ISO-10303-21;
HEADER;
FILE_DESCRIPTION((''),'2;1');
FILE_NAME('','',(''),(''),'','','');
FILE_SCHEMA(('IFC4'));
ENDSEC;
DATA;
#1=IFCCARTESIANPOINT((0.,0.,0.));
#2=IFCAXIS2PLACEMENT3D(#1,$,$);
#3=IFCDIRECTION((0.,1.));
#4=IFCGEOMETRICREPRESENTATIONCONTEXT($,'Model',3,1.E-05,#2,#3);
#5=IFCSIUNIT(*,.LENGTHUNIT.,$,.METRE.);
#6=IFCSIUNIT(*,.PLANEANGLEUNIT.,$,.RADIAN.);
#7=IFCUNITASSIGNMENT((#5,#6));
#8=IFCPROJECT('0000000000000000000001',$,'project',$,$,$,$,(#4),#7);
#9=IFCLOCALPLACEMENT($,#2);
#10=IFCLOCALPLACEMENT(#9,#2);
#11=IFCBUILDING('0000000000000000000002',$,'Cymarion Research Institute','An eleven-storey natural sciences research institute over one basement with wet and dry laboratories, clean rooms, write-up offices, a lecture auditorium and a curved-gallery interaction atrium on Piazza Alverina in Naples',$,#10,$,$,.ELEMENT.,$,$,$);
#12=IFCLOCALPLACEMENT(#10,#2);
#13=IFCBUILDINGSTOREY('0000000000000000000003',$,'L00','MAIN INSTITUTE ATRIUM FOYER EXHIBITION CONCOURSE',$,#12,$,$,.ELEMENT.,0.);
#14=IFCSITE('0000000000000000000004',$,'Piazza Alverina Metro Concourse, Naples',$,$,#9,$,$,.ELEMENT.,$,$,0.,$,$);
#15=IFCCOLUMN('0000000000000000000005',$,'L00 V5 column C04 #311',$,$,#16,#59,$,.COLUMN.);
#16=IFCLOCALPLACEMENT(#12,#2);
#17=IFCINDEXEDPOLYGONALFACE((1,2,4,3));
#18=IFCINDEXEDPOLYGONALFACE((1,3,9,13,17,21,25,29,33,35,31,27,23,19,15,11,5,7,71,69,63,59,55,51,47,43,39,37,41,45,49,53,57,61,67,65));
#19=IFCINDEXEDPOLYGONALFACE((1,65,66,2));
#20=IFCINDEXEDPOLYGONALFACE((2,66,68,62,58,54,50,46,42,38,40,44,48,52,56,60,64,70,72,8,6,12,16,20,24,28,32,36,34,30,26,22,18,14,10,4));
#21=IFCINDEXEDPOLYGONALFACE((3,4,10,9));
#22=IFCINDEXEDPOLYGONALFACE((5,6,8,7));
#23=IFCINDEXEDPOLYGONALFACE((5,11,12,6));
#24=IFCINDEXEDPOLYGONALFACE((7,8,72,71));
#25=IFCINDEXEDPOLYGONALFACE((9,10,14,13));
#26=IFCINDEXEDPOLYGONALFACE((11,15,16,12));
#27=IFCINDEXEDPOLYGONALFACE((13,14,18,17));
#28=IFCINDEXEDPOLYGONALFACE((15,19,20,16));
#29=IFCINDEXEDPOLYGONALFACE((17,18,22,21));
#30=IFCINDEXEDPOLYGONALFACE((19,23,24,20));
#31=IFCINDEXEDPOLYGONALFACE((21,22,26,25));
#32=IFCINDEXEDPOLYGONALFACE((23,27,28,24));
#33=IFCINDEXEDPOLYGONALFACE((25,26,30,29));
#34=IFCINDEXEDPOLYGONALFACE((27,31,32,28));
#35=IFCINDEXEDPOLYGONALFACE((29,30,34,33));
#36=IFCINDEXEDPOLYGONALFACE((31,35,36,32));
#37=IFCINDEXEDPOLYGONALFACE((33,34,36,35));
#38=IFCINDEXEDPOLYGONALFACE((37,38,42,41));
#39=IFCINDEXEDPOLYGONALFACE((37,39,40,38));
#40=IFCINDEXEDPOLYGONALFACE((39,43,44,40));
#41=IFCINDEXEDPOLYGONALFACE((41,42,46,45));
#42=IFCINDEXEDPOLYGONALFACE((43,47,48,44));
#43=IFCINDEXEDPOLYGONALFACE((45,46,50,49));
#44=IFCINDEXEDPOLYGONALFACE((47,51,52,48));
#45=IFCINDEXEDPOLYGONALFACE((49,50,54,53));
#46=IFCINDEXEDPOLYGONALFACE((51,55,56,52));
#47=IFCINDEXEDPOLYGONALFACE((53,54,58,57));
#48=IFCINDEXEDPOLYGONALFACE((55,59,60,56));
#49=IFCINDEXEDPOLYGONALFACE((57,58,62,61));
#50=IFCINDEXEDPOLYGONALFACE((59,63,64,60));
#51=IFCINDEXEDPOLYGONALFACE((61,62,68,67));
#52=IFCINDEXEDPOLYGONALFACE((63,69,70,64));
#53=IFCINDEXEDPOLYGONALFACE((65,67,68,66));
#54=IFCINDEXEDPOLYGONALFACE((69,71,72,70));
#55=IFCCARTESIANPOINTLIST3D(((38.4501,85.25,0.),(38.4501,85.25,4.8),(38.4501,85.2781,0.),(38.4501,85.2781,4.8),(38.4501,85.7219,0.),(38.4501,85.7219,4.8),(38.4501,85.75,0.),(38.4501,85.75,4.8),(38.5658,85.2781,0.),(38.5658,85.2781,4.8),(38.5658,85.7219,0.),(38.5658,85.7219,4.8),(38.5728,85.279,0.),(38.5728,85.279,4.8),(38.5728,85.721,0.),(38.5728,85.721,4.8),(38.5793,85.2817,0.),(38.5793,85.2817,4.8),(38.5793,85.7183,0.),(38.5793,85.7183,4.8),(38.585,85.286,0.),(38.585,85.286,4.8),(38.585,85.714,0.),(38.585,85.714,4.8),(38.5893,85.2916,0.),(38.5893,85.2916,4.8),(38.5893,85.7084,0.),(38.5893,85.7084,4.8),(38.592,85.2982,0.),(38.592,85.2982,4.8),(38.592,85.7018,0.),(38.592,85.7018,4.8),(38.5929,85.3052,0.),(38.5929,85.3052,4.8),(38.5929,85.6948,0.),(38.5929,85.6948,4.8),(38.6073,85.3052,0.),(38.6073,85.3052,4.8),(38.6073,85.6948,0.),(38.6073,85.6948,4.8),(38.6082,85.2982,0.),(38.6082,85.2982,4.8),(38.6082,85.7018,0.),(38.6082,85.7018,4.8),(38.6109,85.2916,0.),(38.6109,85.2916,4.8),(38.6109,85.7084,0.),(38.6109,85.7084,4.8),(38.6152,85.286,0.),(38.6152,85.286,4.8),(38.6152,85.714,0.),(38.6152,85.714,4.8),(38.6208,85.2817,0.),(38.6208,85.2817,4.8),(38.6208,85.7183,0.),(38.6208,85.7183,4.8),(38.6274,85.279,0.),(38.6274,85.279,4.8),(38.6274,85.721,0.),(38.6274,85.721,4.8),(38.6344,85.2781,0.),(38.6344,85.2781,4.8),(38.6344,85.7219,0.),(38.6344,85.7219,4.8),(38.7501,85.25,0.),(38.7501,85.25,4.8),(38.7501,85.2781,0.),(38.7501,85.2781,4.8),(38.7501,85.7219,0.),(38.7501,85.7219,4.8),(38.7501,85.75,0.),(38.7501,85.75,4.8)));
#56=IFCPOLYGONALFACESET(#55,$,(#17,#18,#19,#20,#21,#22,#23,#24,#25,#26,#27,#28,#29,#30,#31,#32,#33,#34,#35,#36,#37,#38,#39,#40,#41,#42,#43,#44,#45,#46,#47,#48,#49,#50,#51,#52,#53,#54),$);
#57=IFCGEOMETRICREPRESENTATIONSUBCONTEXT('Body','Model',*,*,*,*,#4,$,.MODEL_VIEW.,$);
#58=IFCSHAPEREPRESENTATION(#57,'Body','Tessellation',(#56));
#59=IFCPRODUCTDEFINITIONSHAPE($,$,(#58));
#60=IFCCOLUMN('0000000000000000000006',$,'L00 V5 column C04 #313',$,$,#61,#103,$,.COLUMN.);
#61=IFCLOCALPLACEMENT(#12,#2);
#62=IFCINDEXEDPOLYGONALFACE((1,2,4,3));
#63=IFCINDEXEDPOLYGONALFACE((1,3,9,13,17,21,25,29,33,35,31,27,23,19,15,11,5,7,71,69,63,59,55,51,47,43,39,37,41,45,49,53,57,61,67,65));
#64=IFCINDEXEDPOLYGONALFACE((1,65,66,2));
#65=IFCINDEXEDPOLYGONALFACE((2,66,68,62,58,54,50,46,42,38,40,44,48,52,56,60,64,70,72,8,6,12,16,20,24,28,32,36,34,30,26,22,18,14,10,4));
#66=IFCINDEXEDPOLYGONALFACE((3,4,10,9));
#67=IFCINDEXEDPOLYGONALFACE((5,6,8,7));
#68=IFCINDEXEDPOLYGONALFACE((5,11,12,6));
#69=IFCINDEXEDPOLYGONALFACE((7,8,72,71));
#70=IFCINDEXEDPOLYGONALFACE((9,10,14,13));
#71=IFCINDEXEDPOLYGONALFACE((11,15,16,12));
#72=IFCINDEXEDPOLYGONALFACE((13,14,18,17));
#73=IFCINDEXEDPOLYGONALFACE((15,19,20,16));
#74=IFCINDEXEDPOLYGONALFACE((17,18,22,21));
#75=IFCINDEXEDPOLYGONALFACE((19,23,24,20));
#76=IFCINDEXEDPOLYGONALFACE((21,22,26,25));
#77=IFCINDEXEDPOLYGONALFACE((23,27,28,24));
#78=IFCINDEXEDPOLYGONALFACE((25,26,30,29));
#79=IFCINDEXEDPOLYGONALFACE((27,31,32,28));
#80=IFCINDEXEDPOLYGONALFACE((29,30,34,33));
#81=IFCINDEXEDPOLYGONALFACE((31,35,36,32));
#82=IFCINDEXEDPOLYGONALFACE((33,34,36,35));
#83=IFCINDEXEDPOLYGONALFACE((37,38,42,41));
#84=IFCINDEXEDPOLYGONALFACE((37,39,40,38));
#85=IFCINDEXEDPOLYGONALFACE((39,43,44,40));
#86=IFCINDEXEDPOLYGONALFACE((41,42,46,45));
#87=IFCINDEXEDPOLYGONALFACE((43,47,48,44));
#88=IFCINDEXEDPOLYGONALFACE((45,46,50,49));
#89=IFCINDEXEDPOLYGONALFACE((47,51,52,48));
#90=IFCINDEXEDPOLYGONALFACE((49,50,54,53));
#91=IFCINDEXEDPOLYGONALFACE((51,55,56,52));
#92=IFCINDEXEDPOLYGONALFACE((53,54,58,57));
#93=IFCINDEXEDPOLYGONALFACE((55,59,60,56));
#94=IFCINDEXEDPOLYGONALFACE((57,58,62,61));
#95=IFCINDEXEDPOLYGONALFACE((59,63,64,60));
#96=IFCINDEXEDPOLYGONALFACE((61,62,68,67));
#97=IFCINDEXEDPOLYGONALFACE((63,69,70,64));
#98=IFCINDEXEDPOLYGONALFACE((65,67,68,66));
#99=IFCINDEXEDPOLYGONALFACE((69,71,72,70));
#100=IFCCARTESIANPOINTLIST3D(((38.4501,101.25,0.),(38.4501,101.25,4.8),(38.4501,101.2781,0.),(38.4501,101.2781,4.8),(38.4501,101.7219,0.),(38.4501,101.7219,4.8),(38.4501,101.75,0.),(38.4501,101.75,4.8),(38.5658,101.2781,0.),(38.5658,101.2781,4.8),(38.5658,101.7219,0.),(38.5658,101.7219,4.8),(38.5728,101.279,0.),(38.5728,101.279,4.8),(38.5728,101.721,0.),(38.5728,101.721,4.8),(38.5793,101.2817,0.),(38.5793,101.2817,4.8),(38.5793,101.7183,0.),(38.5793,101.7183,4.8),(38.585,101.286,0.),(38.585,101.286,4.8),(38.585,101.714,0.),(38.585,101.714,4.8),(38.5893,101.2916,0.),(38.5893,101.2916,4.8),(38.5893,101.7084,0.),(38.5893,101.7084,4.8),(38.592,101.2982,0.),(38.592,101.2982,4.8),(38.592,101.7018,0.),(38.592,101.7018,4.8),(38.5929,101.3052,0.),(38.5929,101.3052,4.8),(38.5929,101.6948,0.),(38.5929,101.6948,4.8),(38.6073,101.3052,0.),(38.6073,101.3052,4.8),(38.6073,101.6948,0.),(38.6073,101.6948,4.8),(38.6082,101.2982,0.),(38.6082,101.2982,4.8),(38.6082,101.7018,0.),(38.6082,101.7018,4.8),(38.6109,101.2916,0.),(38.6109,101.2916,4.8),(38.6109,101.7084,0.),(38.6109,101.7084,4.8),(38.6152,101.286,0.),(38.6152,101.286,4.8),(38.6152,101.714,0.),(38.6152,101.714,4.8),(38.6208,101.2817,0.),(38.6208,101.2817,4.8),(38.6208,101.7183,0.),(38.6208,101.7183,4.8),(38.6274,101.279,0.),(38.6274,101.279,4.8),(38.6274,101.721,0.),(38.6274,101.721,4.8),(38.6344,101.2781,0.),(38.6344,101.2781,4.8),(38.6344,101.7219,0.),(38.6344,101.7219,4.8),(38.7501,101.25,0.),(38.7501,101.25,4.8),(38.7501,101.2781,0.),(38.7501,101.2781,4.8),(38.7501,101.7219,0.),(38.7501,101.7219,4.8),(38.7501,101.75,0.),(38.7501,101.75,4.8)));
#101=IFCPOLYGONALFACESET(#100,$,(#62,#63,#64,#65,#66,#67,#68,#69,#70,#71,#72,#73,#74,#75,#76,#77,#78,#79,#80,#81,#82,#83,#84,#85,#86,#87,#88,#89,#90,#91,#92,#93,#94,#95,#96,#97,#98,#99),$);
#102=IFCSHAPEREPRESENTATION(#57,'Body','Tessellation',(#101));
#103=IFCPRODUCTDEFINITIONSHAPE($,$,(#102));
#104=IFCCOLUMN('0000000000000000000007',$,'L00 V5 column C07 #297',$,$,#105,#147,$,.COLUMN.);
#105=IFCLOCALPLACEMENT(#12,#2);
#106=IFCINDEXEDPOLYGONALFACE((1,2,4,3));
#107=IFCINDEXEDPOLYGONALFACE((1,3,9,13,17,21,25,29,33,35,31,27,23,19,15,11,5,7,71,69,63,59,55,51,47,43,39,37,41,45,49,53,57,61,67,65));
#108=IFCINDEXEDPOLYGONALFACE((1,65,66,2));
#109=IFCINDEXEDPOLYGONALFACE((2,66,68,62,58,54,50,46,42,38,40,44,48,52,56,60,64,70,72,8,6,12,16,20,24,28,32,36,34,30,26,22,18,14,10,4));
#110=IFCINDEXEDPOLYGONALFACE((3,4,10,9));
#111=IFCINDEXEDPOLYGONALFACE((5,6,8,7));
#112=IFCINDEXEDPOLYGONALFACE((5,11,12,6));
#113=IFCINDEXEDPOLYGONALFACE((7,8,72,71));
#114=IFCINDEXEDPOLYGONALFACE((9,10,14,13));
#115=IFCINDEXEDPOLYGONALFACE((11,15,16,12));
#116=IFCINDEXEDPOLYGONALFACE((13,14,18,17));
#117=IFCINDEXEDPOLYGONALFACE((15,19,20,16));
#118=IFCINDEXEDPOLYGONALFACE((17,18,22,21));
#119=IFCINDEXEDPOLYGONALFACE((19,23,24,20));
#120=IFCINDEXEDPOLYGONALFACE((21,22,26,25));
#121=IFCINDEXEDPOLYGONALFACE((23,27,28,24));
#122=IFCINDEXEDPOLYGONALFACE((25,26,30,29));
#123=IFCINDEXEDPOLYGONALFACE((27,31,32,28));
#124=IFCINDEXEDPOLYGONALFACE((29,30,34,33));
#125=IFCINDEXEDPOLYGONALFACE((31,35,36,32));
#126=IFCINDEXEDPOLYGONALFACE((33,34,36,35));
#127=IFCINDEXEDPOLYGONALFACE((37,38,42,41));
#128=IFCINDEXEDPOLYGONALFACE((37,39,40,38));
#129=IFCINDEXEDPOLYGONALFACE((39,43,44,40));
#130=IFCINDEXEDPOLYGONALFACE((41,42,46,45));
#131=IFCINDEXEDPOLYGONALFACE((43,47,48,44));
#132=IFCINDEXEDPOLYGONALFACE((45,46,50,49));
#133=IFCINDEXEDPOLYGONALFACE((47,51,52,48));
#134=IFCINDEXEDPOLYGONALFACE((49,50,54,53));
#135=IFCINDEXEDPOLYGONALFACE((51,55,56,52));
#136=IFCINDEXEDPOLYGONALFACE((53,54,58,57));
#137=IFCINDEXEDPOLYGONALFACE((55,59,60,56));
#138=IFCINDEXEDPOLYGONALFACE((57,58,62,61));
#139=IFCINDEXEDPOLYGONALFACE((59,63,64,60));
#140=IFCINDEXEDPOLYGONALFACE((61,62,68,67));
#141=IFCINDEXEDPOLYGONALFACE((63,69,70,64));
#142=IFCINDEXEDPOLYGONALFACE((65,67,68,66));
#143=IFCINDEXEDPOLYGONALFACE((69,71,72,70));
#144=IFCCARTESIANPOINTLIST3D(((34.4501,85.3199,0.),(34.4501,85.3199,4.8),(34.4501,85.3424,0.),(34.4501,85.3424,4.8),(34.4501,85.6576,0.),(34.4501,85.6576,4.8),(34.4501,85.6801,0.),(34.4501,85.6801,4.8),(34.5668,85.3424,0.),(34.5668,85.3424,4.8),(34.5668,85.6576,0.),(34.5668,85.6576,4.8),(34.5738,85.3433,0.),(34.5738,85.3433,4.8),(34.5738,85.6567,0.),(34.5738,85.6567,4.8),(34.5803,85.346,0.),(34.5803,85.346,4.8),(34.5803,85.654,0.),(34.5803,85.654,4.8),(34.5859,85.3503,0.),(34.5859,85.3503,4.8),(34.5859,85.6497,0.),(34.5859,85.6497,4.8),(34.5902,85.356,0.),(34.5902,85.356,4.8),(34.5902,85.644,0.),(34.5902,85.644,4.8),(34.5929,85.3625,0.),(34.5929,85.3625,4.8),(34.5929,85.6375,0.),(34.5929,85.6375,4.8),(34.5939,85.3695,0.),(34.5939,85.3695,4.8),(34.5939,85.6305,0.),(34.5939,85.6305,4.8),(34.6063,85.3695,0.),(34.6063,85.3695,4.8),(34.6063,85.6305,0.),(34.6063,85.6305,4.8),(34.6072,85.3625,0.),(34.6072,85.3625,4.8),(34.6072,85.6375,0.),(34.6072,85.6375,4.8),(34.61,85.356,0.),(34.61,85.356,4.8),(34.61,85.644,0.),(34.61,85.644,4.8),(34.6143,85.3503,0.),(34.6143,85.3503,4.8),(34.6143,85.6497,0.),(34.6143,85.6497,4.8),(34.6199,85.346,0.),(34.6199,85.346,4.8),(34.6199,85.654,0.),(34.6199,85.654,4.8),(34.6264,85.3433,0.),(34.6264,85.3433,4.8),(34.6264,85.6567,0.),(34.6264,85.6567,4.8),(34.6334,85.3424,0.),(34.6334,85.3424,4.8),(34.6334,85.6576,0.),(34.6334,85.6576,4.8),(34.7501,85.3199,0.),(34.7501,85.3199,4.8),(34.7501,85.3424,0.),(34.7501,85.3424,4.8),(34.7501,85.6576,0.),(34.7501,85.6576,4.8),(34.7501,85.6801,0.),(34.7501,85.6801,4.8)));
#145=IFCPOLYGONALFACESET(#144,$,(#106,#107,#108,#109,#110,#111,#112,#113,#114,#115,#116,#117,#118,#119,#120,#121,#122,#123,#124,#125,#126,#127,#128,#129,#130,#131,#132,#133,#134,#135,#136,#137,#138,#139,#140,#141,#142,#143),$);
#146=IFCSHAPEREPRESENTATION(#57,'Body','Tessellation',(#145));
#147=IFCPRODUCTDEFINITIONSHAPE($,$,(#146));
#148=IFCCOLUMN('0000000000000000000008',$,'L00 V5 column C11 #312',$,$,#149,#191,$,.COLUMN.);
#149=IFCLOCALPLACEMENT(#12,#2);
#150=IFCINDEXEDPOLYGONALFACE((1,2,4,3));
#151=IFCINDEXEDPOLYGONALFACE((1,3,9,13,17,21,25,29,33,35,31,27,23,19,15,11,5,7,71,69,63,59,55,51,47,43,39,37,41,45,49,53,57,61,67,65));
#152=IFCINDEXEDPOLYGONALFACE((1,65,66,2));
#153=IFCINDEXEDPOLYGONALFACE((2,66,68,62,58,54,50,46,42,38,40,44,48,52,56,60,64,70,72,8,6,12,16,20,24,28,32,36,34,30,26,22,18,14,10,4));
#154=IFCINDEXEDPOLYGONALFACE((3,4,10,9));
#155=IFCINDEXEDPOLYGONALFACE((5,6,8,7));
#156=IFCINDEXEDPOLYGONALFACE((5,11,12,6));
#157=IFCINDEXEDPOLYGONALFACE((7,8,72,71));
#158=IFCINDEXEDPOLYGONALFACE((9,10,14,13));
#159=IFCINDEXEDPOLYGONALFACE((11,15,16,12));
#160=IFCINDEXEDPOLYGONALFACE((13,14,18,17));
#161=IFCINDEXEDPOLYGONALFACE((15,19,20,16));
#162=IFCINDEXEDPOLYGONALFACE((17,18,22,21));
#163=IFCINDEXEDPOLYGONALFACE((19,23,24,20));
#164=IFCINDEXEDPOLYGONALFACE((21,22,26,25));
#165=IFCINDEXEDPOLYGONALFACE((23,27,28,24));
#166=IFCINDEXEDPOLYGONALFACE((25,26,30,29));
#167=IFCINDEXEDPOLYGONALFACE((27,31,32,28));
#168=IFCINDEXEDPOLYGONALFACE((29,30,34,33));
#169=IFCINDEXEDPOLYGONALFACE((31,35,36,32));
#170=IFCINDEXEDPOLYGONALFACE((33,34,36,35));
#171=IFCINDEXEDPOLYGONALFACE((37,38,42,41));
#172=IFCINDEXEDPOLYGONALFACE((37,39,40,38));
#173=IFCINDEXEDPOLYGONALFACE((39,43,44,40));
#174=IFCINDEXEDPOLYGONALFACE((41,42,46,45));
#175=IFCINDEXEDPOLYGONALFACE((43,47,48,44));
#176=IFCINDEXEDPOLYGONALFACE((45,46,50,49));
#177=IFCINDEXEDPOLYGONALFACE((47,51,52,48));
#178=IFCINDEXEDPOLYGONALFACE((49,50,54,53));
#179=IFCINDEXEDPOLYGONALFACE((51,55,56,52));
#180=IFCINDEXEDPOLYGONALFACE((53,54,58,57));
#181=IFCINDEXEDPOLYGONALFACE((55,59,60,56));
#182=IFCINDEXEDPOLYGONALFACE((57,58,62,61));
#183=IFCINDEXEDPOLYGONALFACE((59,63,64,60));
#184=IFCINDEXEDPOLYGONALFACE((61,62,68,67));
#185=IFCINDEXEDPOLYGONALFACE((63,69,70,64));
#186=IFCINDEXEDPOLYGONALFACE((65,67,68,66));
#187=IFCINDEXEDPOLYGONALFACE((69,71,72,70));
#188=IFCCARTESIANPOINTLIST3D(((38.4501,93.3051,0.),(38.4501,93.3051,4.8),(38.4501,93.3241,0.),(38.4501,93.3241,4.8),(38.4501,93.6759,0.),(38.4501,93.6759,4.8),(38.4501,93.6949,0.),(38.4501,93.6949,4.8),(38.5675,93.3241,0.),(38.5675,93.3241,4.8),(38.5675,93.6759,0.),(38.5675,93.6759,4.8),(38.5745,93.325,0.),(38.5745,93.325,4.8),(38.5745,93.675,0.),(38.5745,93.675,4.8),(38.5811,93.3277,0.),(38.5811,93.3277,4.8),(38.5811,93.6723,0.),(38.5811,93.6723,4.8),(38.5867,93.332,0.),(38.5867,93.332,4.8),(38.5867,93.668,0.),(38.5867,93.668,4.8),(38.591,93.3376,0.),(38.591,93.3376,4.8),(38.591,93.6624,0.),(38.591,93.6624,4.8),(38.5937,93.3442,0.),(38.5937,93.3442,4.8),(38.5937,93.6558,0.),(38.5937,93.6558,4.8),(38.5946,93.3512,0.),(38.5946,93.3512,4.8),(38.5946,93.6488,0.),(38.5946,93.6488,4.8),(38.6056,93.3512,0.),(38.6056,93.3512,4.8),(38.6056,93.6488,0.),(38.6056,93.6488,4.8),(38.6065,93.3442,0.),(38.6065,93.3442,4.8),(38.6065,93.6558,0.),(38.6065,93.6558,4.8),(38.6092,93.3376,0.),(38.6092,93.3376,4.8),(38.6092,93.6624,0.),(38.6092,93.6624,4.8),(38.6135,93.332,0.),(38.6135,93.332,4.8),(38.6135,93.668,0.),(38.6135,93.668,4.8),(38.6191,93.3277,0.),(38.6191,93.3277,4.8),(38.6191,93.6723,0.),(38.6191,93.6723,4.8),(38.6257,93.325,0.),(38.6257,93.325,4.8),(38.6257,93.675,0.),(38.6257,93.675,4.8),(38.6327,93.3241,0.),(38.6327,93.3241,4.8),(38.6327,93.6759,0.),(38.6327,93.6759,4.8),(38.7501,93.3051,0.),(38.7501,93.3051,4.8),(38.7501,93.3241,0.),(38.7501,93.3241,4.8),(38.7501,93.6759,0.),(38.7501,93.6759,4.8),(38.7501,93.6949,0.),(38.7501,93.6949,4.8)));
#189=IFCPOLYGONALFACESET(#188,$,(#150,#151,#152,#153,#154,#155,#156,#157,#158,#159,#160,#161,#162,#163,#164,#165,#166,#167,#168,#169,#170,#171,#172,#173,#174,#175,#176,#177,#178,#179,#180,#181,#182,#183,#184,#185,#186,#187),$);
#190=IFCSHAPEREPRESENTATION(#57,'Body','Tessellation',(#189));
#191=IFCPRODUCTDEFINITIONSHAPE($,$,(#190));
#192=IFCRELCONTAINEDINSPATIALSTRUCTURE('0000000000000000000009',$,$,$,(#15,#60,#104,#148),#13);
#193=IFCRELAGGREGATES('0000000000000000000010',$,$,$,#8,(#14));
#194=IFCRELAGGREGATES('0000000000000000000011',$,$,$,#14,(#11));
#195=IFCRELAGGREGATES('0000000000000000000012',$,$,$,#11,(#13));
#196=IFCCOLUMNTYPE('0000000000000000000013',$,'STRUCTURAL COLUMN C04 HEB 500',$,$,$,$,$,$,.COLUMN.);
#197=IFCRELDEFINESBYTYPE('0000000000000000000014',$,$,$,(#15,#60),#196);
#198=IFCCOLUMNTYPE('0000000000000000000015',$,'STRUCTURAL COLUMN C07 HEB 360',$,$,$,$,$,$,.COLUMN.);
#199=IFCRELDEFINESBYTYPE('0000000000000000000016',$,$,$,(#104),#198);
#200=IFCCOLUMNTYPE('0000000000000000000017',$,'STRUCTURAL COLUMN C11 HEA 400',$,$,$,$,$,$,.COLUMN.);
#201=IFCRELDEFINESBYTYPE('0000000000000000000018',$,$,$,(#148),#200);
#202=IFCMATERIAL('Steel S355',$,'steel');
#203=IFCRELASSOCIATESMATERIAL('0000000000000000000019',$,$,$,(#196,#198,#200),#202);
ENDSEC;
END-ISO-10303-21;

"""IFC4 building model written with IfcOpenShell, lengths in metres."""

from ifc_helpers import new_model, si_unit, direction, frame, origin, origin_2d, place, context, subcontext, project, spatial, i_section, extrude, material, material_profile, profile_set, type_object, element, save


model = new_model("IFC4")

# Units and contexts
model_context = context("Model", 3, precision=1e-05, world=origin(), true_north=direction((0.0, 1.0)))
body_context = subcontext(model_context, "Body", "Model", "MODEL_VIEW")
ifc_project = project(units=[si_unit("LENGTHUNIT", "METRE"), si_unit("PLANEANGLEUNIT", "RADIAN")], contexts=[model_context])

# Site, building, storey
site_placement = place(None, origin())
site = spatial("IfcSite", under=ifc_project, at=site_placement, Name="Piazza Alverina Metro Concourse, Naples", CompositionType="ELEMENT", RefElevation=0.0)
building_placement = place(site_placement, origin())
building = spatial("IfcBuilding", under=site, at=building_placement, Name="Cymarion Research Institute", Description="An eleven-storey natural sciences research institute over one basement with wet and dry laboratories, clean rooms, write-up offices, a lecture auditorium and a curved-gallery interaction atrium on Piazza Alverina in Naples", CompositionType="ELEMENT")
storey_placement = place(building_placement, origin())
storey = spatial("IfcBuildingStorey", under=building, at=storey_placement, Name="L00", Description="MAIN INSTITUTE ATRIUM FOYER EXHIBITION CONCOURSE", CompositionType="ELEMENT", Elevation=0.0)

# Columns
ifc_material_1 = material(Name="Steel S355", Category="steel")
ifc_material_profile_1 = material_profile(ifc_material_1, i_section(OverallWidth=0.3, OverallDepth=0.5, WebThickness=0.0144, FlangeThickness=0.0281, FilletRadius=0.0271, at=origin_2d()), Name="HEB 500")
ifc_profile_set_1 = profile_set([ifc_material_profile_1], Name="Steel S355")
column_type_1 = type_object("IfcColumnType", Name="STRUCTURAL COLUMN C04 HEB 500", PredefinedType="COLUMN", material=ifc_profile_set_1)
for number, where, z_axis, x_axis, name in (
    (1, (38.6001, 85.5, 0.0), (0.0, 0.0, 1.0), (1.0, 0.0, 0.0), "L00 V5 column C04 #311"),
    (2, (38.6001, 101.5, 0.0), (0.0, 0.0, 1.0), (1.0, 0.0, 0.0), "L00 V5 column C04 #313"),
):
    element("IfcColumn", number, at=place(storey_placement, frame(where, z_axis=z_axis, x_axis=x_axis)), inside=storey, type_object=column_type_1, Name=name, PredefinedType="COLUMN", context=body_context, shape_type="SweptSolid", body=[
        extrude(i_section(OverallWidth=0.3, OverallDepth=0.5, WebThickness=0.0144, FlangeThickness=0.0281, FilletRadius=0.0271, at=origin_2d()), origin(), (0.0, 0.0, 1.0), 4.8),
    ])
ifc_material_profile_2 = material_profile(ifc_material_1, i_section(OverallWidth=0.3, OverallDepth=0.3601, WebThickness=0.0125, FlangeThickness=0.0225, FilletRadius=0.0271, at=origin_2d()), Name="HEB 360")
ifc_profile_set_2 = profile_set([ifc_material_profile_2], Name="Steel S355")
column_type_2 = type_object("IfcColumnType", Name="STRUCTURAL COLUMN C07 HEB 360", PredefinedType="COLUMN", material=ifc_profile_set_2)
column_1_placement = place(storey_placement, frame((34.6001, 85.5, 0.0), z_axis=(0.0, 0.0, 1.0), x_axis=(1.0, 0.0, 0.0)))
element("IfcColumn", 3, at=column_1_placement, inside=storey, type_object=column_type_2, Name="L00 V5 column C07 #297", PredefinedType="COLUMN", context=body_context, shape_type="SweptSolid", body=[
    extrude(i_section(OverallWidth=0.3, OverallDepth=0.3601, WebThickness=0.0125, FlangeThickness=0.0225, FilletRadius=0.0271, at=origin_2d()), origin(), (0.0, 0.0, 1.0), 4.8),
])
ifc_material_profile_3 = material_profile(ifc_material_1, i_section(OverallWidth=0.3, OverallDepth=0.3899, WebThickness=0.011, FlangeThickness=0.019, FilletRadius=0.0271, at=origin_2d()), Name="HEA 400")
ifc_profile_set_3 = profile_set([ifc_material_profile_3], Name="Steel S355")
column_type_3 = type_object("IfcColumnType", Name="STRUCTURAL COLUMN C11 HEA 400", PredefinedType="COLUMN", material=ifc_profile_set_3)
column_2_placement = place(storey_placement, frame((38.6001, 93.5, 0.0), z_axis=(0.0, 0.0, 1.0), x_axis=(1.0, 0.0, 0.0)))
element("IfcColumn", 4, at=column_2_placement, inside=storey, type_object=column_type_3, Name="L00 V5 column C11 #312", PredefinedType="COLUMN", context=body_context, shape_type="SweptSolid", body=[
    extrude(i_section(OverallWidth=0.3, OverallDepth=0.3899, WebThickness=0.011, FlangeThickness=0.019, FilletRadius=0.0271, at=origin_2d()), origin(), (0.0, 0.0, 1.0), 4.8),
])

save(model, "model.ifc")
